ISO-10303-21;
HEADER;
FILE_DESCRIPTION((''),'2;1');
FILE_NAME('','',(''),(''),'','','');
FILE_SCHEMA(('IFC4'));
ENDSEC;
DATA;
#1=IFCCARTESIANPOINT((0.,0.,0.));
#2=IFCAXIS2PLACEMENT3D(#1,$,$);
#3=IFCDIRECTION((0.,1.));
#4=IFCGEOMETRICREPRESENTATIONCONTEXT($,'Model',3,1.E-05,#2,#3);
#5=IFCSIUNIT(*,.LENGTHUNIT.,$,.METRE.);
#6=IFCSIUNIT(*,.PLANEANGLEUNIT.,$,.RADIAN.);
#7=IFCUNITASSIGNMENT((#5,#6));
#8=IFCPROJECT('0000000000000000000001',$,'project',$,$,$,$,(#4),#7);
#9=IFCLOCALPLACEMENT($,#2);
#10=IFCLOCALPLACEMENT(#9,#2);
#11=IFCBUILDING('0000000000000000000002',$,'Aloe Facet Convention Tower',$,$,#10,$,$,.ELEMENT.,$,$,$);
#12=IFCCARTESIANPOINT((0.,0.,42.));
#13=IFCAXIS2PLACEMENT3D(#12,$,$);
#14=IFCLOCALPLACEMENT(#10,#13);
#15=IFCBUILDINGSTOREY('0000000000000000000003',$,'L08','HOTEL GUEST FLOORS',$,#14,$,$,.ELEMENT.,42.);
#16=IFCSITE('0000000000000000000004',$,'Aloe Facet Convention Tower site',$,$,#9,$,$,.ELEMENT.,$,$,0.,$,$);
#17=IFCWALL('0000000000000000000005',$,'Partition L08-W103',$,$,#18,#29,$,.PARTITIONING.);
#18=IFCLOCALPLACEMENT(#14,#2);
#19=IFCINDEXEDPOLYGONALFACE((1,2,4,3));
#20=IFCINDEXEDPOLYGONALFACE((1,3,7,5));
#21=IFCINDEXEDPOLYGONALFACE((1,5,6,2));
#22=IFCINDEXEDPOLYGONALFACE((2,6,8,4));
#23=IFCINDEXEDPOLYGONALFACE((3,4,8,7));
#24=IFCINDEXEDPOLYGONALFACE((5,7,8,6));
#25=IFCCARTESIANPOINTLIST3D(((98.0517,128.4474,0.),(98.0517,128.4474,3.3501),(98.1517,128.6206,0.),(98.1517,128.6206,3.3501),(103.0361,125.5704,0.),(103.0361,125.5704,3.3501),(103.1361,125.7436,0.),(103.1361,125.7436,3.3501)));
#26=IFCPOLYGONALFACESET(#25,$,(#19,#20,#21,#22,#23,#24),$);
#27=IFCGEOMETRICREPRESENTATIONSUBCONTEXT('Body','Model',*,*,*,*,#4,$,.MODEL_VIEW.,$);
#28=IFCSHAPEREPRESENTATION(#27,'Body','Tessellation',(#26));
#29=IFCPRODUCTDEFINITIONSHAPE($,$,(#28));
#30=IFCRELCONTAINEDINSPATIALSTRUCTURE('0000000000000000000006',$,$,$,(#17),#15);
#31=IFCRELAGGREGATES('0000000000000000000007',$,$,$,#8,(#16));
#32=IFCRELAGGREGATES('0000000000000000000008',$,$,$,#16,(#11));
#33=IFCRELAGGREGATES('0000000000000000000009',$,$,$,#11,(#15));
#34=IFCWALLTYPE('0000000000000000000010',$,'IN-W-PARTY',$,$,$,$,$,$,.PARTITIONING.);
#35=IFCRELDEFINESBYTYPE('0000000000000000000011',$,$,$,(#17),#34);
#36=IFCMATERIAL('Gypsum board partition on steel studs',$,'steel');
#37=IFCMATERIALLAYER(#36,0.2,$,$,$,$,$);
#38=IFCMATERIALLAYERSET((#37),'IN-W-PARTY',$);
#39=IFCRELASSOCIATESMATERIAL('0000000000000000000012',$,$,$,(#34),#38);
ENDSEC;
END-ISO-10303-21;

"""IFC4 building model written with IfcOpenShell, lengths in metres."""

from ifc_helpers import new_model, si_unit, direction, frame, frame_2d, origin, place, context, subcontext, project, spatial, rectangle, extrude, material, layer, layer_set, type_object, element, save


model = new_model("IFC4")

# Units and contexts
model_context = context("Model", 3, precision=1e-05, world=origin(), true_north=direction((0.0, 1.0)))
body_context = subcontext(model_context, "Body", "Model", "MODEL_VIEW")
ifc_project = project(units=[si_unit("LENGTHUNIT", "METRE"), si_unit("PLANEANGLEUNIT", "RADIAN")], contexts=[model_context])

# Site, building, storey
site_placement = place(None, origin())
site = spatial("IfcSite", under=ifc_project, at=site_placement, Name="Aloe Facet Convention Tower site", CompositionType="ELEMENT", RefElevation=0.0)
building_placement = place(site_placement, origin())
building = spatial("IfcBuilding", under=site, at=building_placement, Name="Aloe Facet Convention Tower", CompositionType="ELEMENT")
storey_placement = place(building_placement, frame((0.0, 0.0, 42.0)))
storey = spatial("IfcBuildingStorey", under=building, at=storey_placement, Name="L08", Description="HOTEL GUEST FLOORS", CompositionType="ELEMENT", Elevation=42.0)

# Wall
ifc_material_1 = material(Name="Gypsum board partition on steel studs", Category="steel")
ifc_layer_1 = layer(ifc_material_1, 0.2)
ifc_layer_set_1 = layer_set([ifc_layer_1], Name="IN-W-PARTY")
wall_type_1 = type_object("IfcWallType", Name="IN-W-PARTY", PredefinedType="PARTITIONING", material=ifc_layer_set_1)
wall_1_placement = place(storey_placement, frame((98.1018, 128.5339, 0.0), z_axis=(0.0, 0.0, 1.0), x_axis=(0.866084, -0.499899, 0.0)))
element("IfcWall", 1, at=wall_1_placement, inside=storey, type_object=wall_type_1, Name="Partition L08-W103", PredefinedType="PARTITIONING", context=body_context, shape_type="SweptSolid", body=[
    extrude(rectangle(XDim=5.7551, YDim=0.2, at=frame_2d((2.8774, 0.0))), origin(), (0.0, 0.0, 1.0), 3.3501),
])

save(model, "model.ifc")
